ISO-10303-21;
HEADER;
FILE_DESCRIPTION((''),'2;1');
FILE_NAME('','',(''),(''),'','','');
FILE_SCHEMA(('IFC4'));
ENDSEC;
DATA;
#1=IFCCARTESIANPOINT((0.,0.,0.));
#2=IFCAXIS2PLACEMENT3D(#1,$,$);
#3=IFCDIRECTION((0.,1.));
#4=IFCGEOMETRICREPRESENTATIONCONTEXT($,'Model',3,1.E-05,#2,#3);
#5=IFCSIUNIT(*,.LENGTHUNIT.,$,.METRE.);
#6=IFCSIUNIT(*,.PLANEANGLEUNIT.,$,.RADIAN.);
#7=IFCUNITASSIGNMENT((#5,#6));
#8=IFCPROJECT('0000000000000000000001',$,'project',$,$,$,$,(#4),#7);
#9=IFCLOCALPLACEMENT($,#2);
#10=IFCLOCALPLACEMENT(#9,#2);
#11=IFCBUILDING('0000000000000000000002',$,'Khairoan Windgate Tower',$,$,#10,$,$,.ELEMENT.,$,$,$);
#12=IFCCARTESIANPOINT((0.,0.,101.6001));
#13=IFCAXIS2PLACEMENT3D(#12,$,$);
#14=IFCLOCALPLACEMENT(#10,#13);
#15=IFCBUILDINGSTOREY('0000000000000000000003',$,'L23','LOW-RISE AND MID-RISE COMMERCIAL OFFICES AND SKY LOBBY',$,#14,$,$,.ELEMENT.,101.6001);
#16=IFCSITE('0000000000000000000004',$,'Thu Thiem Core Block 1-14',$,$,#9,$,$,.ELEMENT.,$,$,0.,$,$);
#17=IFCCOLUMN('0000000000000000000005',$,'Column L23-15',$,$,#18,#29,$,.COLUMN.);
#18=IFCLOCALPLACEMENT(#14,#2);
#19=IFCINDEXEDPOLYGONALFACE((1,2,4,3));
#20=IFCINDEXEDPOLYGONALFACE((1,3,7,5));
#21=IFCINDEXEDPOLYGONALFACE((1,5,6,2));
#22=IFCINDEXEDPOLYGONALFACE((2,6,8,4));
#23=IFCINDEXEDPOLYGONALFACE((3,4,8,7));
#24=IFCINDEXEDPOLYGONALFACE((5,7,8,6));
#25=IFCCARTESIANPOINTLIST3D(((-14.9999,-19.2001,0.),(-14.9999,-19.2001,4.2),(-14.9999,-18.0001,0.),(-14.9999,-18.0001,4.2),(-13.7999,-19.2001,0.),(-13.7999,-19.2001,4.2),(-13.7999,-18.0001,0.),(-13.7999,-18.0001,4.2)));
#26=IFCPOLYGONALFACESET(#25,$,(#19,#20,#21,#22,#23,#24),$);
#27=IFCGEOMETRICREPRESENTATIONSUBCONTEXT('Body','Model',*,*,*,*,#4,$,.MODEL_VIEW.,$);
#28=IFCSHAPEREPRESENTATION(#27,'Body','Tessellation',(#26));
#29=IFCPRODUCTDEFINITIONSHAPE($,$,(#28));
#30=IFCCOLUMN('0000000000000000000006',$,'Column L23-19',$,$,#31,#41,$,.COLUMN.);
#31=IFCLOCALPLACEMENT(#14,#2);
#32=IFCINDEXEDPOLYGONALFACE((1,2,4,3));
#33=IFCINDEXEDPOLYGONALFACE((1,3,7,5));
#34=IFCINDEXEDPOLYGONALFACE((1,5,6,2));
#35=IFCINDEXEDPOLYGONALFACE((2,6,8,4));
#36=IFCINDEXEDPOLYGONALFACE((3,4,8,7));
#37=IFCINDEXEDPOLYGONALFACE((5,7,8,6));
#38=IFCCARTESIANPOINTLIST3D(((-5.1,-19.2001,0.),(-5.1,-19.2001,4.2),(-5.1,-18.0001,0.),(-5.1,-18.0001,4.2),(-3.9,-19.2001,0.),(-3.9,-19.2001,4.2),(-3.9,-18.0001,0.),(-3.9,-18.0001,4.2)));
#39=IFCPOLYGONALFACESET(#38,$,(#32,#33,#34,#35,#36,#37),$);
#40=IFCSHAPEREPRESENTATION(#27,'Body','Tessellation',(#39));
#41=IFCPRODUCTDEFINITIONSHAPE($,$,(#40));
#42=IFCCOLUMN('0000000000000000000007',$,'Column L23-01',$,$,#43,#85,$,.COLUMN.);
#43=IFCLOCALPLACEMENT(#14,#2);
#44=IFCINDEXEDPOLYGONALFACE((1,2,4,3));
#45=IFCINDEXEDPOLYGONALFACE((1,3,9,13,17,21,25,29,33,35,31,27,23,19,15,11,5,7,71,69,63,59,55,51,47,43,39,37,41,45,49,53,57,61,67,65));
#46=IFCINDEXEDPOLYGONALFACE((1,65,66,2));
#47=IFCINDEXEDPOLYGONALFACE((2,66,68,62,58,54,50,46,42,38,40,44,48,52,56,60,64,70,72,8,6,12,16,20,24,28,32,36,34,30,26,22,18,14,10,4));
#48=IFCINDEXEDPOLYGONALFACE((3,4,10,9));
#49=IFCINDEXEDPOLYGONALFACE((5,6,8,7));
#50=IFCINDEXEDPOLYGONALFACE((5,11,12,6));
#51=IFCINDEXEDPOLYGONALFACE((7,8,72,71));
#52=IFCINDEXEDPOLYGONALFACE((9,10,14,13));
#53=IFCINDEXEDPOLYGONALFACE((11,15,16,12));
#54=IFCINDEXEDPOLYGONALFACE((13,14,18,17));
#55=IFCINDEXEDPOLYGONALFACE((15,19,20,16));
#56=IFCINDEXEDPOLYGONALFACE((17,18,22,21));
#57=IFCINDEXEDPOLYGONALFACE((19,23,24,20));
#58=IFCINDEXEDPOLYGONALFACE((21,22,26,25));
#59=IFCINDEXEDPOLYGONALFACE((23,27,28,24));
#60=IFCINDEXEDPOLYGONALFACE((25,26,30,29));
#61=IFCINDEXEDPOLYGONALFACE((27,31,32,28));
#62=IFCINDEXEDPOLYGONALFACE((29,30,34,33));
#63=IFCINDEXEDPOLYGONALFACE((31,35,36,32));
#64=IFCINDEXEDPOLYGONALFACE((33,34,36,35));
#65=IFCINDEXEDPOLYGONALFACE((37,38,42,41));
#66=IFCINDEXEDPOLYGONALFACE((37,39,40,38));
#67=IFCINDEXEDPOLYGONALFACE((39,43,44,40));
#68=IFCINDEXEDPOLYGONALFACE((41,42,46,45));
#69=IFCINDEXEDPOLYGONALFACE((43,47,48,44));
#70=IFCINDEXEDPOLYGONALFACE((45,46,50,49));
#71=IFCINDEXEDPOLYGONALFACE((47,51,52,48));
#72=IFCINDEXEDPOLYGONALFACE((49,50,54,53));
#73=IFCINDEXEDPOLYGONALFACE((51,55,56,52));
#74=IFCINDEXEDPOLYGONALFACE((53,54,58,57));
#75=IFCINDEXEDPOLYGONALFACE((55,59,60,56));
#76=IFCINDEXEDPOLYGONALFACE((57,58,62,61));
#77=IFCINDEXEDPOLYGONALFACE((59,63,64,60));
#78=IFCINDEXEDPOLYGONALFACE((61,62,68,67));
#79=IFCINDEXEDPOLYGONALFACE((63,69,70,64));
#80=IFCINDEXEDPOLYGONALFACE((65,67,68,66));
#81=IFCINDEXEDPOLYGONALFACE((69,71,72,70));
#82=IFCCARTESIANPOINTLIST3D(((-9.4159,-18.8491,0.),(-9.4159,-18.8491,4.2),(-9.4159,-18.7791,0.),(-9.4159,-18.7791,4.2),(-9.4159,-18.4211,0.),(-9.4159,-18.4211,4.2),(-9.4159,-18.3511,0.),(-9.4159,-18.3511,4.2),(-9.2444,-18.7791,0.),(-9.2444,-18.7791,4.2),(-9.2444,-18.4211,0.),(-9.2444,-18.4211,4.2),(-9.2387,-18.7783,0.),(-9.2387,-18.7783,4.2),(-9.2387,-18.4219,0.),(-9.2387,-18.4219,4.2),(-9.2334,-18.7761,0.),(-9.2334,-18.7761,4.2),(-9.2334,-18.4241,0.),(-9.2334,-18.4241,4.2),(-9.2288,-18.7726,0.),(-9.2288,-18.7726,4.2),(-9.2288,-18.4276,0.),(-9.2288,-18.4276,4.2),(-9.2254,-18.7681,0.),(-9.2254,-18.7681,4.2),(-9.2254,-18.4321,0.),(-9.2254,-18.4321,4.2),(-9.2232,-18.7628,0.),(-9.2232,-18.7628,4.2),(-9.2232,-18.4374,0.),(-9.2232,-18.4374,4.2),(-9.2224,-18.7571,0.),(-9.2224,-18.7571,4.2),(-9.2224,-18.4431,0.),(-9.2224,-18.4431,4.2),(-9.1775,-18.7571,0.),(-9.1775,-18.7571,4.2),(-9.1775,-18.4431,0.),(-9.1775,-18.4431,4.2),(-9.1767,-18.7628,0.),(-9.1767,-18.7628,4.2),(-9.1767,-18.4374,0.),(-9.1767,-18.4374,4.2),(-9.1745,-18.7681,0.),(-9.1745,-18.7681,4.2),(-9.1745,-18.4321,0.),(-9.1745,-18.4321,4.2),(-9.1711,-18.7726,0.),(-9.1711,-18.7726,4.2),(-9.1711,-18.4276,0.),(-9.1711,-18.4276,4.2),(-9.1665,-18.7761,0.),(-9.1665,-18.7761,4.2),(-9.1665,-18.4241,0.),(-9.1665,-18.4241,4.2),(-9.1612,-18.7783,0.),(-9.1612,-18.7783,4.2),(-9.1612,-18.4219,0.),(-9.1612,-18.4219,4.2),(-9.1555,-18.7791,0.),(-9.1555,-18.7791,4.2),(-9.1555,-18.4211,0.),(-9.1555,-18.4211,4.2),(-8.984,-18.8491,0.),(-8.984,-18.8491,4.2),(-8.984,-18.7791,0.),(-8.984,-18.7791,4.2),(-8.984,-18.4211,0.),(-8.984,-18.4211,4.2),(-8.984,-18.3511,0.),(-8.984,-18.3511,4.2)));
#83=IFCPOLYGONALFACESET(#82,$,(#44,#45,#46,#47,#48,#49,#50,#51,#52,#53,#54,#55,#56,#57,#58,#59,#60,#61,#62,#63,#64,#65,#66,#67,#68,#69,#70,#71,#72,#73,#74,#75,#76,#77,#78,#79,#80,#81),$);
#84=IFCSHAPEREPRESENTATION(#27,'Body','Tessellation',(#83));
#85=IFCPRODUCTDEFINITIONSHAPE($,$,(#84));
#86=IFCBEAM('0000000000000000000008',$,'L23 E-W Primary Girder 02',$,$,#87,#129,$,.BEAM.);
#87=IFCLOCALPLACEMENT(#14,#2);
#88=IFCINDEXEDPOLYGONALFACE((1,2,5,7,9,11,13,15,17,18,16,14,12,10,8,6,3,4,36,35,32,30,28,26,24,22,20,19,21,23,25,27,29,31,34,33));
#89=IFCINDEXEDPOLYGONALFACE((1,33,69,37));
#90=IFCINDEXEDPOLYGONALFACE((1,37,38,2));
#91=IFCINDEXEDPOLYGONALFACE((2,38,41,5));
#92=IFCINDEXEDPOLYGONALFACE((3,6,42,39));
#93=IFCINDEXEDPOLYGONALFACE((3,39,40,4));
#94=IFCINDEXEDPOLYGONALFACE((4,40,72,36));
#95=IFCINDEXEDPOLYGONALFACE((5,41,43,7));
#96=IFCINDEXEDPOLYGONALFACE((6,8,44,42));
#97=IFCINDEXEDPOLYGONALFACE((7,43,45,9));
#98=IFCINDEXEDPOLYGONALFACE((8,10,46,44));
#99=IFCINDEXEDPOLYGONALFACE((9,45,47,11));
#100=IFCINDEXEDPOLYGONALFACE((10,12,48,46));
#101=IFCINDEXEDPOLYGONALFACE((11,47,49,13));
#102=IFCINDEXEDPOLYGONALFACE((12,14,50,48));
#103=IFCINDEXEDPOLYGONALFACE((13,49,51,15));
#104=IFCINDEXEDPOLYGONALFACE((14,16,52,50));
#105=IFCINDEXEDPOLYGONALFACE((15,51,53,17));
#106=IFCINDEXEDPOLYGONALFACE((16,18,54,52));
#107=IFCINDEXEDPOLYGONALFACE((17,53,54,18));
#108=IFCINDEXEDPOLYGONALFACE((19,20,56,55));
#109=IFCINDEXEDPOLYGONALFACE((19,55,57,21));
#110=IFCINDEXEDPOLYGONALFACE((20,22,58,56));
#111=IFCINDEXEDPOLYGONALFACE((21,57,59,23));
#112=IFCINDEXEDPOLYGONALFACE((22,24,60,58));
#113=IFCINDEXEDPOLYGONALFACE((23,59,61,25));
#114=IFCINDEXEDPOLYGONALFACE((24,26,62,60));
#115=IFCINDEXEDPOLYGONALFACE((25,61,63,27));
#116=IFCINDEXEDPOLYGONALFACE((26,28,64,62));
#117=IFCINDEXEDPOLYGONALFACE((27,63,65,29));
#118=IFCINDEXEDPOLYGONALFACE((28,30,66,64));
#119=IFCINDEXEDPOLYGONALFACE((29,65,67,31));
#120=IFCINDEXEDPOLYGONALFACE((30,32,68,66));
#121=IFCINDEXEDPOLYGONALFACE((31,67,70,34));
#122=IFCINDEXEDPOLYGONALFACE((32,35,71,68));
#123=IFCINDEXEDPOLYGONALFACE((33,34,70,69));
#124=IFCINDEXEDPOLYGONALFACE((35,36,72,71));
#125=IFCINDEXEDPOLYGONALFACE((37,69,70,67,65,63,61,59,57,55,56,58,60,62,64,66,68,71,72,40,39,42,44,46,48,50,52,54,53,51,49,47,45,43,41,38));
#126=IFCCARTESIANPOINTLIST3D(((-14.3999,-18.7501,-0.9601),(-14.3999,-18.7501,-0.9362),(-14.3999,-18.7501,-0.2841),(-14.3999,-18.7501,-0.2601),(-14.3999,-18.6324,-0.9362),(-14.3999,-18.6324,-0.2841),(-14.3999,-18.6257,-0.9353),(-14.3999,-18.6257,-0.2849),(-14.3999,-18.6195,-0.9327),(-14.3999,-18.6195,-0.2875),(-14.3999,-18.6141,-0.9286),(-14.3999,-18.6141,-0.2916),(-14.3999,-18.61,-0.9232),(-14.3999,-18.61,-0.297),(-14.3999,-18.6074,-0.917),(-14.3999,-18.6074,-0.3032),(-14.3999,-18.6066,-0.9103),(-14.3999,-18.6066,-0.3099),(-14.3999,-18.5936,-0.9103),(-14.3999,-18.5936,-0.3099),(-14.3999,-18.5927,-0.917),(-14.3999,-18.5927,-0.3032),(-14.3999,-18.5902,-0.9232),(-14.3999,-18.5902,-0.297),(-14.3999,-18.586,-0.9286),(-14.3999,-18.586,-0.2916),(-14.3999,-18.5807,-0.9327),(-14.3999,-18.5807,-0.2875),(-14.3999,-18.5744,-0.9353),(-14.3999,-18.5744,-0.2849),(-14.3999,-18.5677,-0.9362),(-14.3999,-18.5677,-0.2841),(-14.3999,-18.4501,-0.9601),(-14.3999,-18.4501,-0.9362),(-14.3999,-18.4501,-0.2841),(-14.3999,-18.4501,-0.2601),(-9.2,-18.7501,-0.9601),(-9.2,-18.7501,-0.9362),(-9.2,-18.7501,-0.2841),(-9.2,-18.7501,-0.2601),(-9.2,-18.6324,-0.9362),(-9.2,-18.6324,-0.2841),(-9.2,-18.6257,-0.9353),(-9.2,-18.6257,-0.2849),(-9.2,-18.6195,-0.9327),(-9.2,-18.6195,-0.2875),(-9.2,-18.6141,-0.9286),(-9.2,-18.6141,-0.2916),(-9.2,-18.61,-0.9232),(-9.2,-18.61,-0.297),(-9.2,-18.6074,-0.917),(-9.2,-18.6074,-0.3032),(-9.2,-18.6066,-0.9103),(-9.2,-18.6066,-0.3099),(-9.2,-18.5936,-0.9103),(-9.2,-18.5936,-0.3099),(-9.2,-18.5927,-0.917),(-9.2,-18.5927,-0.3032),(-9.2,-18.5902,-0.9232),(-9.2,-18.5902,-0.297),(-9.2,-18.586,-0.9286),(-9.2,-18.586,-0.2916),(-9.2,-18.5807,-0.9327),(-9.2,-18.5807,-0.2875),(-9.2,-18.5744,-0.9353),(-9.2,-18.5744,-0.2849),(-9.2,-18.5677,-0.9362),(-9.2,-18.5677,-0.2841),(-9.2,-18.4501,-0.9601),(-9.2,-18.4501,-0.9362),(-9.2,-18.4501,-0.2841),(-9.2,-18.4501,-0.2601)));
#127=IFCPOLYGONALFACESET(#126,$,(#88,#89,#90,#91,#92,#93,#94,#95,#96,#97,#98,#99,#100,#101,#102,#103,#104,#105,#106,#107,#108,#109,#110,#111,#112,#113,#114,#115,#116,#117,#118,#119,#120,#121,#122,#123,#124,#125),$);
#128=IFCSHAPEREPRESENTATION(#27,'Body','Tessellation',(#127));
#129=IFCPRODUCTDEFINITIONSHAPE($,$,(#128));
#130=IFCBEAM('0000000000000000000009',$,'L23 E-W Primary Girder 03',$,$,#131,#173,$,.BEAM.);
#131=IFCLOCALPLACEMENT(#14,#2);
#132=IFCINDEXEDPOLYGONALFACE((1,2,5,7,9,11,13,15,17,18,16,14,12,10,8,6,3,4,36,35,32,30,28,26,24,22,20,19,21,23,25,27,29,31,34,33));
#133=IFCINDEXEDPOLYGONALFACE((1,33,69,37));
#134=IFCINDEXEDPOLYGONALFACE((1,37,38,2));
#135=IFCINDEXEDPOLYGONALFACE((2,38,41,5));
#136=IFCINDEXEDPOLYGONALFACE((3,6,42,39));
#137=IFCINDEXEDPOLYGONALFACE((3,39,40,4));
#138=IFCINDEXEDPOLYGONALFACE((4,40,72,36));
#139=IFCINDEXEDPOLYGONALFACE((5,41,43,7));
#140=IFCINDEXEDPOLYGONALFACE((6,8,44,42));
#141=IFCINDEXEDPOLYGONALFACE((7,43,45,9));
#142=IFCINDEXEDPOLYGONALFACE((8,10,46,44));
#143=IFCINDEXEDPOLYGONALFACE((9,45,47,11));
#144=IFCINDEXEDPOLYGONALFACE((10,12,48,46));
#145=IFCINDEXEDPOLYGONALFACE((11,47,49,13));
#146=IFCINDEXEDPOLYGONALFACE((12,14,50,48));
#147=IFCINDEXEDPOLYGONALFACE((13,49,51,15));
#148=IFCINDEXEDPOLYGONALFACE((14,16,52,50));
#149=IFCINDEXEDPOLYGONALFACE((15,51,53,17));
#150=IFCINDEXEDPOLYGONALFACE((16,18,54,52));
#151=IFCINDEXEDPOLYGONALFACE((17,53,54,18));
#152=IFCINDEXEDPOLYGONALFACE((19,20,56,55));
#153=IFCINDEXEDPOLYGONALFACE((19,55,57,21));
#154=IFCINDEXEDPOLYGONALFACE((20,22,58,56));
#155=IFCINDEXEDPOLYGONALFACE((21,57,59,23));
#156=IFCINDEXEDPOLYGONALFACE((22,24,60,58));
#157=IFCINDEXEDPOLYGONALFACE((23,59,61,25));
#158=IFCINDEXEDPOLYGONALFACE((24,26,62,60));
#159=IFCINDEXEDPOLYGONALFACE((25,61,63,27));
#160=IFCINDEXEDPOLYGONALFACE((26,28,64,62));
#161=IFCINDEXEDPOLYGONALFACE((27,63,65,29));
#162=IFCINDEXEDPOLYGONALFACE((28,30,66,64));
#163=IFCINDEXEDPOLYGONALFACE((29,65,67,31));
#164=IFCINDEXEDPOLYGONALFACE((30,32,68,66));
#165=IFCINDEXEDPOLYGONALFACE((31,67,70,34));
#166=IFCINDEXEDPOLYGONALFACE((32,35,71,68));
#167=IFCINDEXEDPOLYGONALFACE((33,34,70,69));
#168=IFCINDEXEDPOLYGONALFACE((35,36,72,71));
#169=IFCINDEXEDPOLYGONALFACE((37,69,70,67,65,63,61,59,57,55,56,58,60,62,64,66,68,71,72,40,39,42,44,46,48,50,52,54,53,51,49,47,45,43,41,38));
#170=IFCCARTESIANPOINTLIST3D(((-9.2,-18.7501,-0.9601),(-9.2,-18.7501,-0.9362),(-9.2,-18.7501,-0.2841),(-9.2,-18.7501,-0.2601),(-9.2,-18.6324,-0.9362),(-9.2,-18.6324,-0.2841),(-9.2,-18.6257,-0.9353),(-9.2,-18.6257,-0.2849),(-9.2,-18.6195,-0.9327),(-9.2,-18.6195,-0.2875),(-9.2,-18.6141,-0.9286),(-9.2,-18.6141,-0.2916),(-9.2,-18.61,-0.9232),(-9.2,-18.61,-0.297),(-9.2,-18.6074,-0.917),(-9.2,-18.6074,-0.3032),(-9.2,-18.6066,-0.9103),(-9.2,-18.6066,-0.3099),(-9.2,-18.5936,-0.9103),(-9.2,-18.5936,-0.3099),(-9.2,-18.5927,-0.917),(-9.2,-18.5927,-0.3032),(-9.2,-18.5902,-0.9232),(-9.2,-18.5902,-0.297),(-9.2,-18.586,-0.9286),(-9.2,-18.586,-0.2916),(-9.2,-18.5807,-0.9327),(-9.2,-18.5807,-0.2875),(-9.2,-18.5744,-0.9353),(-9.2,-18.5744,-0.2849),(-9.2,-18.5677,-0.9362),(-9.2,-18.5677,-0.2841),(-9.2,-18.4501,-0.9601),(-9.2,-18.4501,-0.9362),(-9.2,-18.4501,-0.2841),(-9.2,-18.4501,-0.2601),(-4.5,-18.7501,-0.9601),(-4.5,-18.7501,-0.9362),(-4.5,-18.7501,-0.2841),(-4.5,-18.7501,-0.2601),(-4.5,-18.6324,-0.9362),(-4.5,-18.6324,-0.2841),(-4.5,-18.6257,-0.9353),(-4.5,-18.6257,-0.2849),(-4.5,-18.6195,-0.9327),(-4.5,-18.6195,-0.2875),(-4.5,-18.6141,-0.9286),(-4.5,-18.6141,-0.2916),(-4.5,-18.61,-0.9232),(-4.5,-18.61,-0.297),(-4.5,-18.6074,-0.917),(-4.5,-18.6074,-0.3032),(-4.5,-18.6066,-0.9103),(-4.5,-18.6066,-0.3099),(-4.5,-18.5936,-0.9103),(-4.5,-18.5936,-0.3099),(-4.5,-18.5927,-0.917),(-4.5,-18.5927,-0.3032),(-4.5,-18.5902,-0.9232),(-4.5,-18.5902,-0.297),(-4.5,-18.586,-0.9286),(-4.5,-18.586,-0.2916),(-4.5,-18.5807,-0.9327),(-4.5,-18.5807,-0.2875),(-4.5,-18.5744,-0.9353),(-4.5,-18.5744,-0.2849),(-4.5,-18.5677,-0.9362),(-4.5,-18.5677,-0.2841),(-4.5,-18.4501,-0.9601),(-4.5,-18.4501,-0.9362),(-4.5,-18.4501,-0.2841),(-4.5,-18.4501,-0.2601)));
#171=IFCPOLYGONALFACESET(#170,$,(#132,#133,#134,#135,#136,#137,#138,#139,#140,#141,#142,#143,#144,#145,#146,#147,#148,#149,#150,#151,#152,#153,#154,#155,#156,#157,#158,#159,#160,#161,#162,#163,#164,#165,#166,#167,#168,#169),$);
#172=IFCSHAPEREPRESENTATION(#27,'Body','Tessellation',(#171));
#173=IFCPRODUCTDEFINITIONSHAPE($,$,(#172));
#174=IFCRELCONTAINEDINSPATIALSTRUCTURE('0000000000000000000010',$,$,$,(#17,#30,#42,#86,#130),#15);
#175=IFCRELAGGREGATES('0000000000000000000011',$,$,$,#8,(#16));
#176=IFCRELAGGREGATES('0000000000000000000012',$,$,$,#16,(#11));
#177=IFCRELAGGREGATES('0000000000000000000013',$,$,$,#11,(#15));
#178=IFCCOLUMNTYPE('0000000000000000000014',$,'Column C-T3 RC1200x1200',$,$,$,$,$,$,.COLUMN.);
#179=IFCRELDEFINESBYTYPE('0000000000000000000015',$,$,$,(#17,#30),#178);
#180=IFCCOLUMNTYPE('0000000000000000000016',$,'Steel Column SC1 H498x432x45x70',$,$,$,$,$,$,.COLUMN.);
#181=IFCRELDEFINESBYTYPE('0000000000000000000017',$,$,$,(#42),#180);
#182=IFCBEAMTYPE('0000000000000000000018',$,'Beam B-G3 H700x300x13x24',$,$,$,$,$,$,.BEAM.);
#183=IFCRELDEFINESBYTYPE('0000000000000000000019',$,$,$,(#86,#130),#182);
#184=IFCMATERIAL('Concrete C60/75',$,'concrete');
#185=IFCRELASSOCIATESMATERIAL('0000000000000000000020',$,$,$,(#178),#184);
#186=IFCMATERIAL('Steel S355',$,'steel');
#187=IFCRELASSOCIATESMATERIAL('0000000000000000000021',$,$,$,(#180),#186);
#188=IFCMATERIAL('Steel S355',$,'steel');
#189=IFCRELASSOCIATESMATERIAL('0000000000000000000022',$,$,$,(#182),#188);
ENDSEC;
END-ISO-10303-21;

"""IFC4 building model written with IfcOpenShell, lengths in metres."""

from ifc_helpers import new_model, si_unit, direction, frame, origin, origin_2d, place, context, subcontext, project, spatial, rectangle, i_section, extrude, material, material_profile, profile_set, type_object, element, save


model = new_model("IFC4")

# Units and contexts
model_context = context("Model", 3, precision=1e-05, world=origin(), true_north=direction((0.0, 1.0)))
body_context = subcontext(model_context, "Body", "Model", "MODEL_VIEW")
ifc_project = project(units=[si_unit("LENGTHUNIT", "METRE"), si_unit("PLANEANGLEUNIT", "RADIAN")], contexts=[model_context])

# Site, building, storey
site_placement = place(None, origin())
site = spatial("IfcSite", under=ifc_project, at=site_placement, Name="Thu Thiem Core Block 1-14", CompositionType="ELEMENT", RefElevation=0.0)
building_placement = place(site_placement, origin())
building = spatial("IfcBuilding", under=site, at=building_placement, Name="Khairoan Windgate Tower", CompositionType="ELEMENT")
storey_placement = place(building_placement, frame((0.0, 0.0, 101.6001)))
storey = spatial("IfcBuildingStorey", under=building, at=storey_placement, Name="L23", Description="LOW-RISE AND MID-RISE COMMERCIAL OFFICES AND SKY LOBBY", CompositionType="ELEMENT", Elevation=101.6001)

# Columns
ifc_material_1 = material(Name="Concrete C60/75", Category="concrete")
ifc_material_profile_1 = material_profile(ifc_material_1, rectangle(XDim=1.2, YDim=1.2, at=origin_2d()))
ifc_profile_set_1 = profile_set([ifc_material_profile_1], Name="Concrete C60/75")
column_type_1 = type_object("IfcColumnType", Name="Column C-T3 RC1200x1200", PredefinedType="COLUMN", material=ifc_profile_set_1)
for number, where, z_axis, x_axis, name in (
    (1, (-14.3999, -18.6001, 0.0), (0.0, 0.0, 1.0), (1.0, 0.0, 0.0), "Column L23-15"),
    (2, (-4.5, -18.6001, 0.0), (0.0, 0.0, 1.0), (1.0, 0.0, 0.0), "Column L23-19"),
):
    element("IfcColumn", number, at=place(storey_placement, frame(where, z_axis=z_axis, x_axis=x_axis)), inside=storey, type_object=column_type_1, Name=name, PredefinedType="COLUMN", context=body_context, shape_type="SweptSolid", body=[
        extrude(rectangle(XDim=1.2, YDim=1.2, at=origin_2d()), origin(), (0.0, 0.0, 1.0), 4.2),
    ])
ifc_material_2 = material(Name="Steel S355", Category="steel")
ifc_material_profile_2 = material_profile(ifc_material_2, i_section(OverallWidth=0.4319, OverallDepth=0.498, WebThickness=0.0449, FlangeThickness=0.0701, FilletRadius=0.022, at=origin_2d()))
ifc_profile_set_2 = profile_set([ifc_material_profile_2], Name="Steel S355")
column_type_2 = type_object("IfcColumnType", Name="Steel Column SC1 H498x432x45x70", PredefinedType="COLUMN", material=ifc_profile_set_2)
column_placement = place(storey_placement, frame((-9.2, -18.6001, 0.0), z_axis=(0.0, 0.0, 1.0), x_axis=(1.0, 0.0, 0.0)))
element("IfcColumn", 3, at=column_placement, inside=storey, type_object=column_type_2, Name="Column L23-01", PredefinedType="COLUMN", context=body_context, shape_type="SweptSolid", body=[
    extrude(i_section(OverallWidth=0.4319, OverallDepth=0.498, WebThickness=0.0449, FlangeThickness=0.0701, FilletRadius=0.022, at=origin_2d()), origin(), (0.0, 0.0, 1.0), 4.2),
])

# Beams
ifc_material_3 = material(Name="Steel S355", Category="steel")
ifc_material_profile_3 = material_profile(ifc_material_3, i_section(OverallWidth=0.3, OverallDepth=0.7, WebThickness=0.0129, FlangeThickness=0.0239, FilletRadius=0.0259, at=origin_2d()))
ifc_profile_set_3 = profile_set([ifc_material_profile_3], Name="Steel S355")
beam_type_1 = type_object("IfcBeamType", Name="Beam B-G3 H700x300x13x24", PredefinedType="BEAM", material=ifc_profile_set_3)
beam_1_placement = place(storey_placement, frame((-14.3999, -18.6001, -0.6101), z_axis=(1.0, 0.0, 0.0), x_axis=(0.0, 1.0, 0.0)))
element("IfcBeam", 4, at=beam_1_placement, inside=storey, type_object=beam_type_1, Name="L23 E-W Primary Girder 02", PredefinedType="BEAM", context=body_context, shape_type="SweptSolid", body=[
    extrude(i_section(OverallWidth=0.3, OverallDepth=0.7, WebThickness=0.0129, FlangeThickness=0.0239, FilletRadius=0.0259, at=origin_2d()), origin(), (0.0, 0.0, 1.0), 5.2),
])
beam_2_placement = place(storey_placement, frame((-9.2, -18.6001, -0.6101), z_axis=(1.0, 0.0, 0.0), x_axis=(0.0, 1.0, 0.0)))
element("IfcBeam", 5, at=beam_2_placement, inside=storey, type_object=beam_type_1, Name="L23 E-W Primary Girder 03", PredefinedType="BEAM", context=body_context, shape_type="SweptSolid", body=[
    extrude(i_section(OverallWidth=0.3, OverallDepth=0.7, WebThickness=0.0129, FlangeThickness=0.0239, FilletRadius=0.0259, at=origin_2d()), origin(), (0.0, 0.0, 1.0), 4.7),
])

save(model, "model.ifc")
